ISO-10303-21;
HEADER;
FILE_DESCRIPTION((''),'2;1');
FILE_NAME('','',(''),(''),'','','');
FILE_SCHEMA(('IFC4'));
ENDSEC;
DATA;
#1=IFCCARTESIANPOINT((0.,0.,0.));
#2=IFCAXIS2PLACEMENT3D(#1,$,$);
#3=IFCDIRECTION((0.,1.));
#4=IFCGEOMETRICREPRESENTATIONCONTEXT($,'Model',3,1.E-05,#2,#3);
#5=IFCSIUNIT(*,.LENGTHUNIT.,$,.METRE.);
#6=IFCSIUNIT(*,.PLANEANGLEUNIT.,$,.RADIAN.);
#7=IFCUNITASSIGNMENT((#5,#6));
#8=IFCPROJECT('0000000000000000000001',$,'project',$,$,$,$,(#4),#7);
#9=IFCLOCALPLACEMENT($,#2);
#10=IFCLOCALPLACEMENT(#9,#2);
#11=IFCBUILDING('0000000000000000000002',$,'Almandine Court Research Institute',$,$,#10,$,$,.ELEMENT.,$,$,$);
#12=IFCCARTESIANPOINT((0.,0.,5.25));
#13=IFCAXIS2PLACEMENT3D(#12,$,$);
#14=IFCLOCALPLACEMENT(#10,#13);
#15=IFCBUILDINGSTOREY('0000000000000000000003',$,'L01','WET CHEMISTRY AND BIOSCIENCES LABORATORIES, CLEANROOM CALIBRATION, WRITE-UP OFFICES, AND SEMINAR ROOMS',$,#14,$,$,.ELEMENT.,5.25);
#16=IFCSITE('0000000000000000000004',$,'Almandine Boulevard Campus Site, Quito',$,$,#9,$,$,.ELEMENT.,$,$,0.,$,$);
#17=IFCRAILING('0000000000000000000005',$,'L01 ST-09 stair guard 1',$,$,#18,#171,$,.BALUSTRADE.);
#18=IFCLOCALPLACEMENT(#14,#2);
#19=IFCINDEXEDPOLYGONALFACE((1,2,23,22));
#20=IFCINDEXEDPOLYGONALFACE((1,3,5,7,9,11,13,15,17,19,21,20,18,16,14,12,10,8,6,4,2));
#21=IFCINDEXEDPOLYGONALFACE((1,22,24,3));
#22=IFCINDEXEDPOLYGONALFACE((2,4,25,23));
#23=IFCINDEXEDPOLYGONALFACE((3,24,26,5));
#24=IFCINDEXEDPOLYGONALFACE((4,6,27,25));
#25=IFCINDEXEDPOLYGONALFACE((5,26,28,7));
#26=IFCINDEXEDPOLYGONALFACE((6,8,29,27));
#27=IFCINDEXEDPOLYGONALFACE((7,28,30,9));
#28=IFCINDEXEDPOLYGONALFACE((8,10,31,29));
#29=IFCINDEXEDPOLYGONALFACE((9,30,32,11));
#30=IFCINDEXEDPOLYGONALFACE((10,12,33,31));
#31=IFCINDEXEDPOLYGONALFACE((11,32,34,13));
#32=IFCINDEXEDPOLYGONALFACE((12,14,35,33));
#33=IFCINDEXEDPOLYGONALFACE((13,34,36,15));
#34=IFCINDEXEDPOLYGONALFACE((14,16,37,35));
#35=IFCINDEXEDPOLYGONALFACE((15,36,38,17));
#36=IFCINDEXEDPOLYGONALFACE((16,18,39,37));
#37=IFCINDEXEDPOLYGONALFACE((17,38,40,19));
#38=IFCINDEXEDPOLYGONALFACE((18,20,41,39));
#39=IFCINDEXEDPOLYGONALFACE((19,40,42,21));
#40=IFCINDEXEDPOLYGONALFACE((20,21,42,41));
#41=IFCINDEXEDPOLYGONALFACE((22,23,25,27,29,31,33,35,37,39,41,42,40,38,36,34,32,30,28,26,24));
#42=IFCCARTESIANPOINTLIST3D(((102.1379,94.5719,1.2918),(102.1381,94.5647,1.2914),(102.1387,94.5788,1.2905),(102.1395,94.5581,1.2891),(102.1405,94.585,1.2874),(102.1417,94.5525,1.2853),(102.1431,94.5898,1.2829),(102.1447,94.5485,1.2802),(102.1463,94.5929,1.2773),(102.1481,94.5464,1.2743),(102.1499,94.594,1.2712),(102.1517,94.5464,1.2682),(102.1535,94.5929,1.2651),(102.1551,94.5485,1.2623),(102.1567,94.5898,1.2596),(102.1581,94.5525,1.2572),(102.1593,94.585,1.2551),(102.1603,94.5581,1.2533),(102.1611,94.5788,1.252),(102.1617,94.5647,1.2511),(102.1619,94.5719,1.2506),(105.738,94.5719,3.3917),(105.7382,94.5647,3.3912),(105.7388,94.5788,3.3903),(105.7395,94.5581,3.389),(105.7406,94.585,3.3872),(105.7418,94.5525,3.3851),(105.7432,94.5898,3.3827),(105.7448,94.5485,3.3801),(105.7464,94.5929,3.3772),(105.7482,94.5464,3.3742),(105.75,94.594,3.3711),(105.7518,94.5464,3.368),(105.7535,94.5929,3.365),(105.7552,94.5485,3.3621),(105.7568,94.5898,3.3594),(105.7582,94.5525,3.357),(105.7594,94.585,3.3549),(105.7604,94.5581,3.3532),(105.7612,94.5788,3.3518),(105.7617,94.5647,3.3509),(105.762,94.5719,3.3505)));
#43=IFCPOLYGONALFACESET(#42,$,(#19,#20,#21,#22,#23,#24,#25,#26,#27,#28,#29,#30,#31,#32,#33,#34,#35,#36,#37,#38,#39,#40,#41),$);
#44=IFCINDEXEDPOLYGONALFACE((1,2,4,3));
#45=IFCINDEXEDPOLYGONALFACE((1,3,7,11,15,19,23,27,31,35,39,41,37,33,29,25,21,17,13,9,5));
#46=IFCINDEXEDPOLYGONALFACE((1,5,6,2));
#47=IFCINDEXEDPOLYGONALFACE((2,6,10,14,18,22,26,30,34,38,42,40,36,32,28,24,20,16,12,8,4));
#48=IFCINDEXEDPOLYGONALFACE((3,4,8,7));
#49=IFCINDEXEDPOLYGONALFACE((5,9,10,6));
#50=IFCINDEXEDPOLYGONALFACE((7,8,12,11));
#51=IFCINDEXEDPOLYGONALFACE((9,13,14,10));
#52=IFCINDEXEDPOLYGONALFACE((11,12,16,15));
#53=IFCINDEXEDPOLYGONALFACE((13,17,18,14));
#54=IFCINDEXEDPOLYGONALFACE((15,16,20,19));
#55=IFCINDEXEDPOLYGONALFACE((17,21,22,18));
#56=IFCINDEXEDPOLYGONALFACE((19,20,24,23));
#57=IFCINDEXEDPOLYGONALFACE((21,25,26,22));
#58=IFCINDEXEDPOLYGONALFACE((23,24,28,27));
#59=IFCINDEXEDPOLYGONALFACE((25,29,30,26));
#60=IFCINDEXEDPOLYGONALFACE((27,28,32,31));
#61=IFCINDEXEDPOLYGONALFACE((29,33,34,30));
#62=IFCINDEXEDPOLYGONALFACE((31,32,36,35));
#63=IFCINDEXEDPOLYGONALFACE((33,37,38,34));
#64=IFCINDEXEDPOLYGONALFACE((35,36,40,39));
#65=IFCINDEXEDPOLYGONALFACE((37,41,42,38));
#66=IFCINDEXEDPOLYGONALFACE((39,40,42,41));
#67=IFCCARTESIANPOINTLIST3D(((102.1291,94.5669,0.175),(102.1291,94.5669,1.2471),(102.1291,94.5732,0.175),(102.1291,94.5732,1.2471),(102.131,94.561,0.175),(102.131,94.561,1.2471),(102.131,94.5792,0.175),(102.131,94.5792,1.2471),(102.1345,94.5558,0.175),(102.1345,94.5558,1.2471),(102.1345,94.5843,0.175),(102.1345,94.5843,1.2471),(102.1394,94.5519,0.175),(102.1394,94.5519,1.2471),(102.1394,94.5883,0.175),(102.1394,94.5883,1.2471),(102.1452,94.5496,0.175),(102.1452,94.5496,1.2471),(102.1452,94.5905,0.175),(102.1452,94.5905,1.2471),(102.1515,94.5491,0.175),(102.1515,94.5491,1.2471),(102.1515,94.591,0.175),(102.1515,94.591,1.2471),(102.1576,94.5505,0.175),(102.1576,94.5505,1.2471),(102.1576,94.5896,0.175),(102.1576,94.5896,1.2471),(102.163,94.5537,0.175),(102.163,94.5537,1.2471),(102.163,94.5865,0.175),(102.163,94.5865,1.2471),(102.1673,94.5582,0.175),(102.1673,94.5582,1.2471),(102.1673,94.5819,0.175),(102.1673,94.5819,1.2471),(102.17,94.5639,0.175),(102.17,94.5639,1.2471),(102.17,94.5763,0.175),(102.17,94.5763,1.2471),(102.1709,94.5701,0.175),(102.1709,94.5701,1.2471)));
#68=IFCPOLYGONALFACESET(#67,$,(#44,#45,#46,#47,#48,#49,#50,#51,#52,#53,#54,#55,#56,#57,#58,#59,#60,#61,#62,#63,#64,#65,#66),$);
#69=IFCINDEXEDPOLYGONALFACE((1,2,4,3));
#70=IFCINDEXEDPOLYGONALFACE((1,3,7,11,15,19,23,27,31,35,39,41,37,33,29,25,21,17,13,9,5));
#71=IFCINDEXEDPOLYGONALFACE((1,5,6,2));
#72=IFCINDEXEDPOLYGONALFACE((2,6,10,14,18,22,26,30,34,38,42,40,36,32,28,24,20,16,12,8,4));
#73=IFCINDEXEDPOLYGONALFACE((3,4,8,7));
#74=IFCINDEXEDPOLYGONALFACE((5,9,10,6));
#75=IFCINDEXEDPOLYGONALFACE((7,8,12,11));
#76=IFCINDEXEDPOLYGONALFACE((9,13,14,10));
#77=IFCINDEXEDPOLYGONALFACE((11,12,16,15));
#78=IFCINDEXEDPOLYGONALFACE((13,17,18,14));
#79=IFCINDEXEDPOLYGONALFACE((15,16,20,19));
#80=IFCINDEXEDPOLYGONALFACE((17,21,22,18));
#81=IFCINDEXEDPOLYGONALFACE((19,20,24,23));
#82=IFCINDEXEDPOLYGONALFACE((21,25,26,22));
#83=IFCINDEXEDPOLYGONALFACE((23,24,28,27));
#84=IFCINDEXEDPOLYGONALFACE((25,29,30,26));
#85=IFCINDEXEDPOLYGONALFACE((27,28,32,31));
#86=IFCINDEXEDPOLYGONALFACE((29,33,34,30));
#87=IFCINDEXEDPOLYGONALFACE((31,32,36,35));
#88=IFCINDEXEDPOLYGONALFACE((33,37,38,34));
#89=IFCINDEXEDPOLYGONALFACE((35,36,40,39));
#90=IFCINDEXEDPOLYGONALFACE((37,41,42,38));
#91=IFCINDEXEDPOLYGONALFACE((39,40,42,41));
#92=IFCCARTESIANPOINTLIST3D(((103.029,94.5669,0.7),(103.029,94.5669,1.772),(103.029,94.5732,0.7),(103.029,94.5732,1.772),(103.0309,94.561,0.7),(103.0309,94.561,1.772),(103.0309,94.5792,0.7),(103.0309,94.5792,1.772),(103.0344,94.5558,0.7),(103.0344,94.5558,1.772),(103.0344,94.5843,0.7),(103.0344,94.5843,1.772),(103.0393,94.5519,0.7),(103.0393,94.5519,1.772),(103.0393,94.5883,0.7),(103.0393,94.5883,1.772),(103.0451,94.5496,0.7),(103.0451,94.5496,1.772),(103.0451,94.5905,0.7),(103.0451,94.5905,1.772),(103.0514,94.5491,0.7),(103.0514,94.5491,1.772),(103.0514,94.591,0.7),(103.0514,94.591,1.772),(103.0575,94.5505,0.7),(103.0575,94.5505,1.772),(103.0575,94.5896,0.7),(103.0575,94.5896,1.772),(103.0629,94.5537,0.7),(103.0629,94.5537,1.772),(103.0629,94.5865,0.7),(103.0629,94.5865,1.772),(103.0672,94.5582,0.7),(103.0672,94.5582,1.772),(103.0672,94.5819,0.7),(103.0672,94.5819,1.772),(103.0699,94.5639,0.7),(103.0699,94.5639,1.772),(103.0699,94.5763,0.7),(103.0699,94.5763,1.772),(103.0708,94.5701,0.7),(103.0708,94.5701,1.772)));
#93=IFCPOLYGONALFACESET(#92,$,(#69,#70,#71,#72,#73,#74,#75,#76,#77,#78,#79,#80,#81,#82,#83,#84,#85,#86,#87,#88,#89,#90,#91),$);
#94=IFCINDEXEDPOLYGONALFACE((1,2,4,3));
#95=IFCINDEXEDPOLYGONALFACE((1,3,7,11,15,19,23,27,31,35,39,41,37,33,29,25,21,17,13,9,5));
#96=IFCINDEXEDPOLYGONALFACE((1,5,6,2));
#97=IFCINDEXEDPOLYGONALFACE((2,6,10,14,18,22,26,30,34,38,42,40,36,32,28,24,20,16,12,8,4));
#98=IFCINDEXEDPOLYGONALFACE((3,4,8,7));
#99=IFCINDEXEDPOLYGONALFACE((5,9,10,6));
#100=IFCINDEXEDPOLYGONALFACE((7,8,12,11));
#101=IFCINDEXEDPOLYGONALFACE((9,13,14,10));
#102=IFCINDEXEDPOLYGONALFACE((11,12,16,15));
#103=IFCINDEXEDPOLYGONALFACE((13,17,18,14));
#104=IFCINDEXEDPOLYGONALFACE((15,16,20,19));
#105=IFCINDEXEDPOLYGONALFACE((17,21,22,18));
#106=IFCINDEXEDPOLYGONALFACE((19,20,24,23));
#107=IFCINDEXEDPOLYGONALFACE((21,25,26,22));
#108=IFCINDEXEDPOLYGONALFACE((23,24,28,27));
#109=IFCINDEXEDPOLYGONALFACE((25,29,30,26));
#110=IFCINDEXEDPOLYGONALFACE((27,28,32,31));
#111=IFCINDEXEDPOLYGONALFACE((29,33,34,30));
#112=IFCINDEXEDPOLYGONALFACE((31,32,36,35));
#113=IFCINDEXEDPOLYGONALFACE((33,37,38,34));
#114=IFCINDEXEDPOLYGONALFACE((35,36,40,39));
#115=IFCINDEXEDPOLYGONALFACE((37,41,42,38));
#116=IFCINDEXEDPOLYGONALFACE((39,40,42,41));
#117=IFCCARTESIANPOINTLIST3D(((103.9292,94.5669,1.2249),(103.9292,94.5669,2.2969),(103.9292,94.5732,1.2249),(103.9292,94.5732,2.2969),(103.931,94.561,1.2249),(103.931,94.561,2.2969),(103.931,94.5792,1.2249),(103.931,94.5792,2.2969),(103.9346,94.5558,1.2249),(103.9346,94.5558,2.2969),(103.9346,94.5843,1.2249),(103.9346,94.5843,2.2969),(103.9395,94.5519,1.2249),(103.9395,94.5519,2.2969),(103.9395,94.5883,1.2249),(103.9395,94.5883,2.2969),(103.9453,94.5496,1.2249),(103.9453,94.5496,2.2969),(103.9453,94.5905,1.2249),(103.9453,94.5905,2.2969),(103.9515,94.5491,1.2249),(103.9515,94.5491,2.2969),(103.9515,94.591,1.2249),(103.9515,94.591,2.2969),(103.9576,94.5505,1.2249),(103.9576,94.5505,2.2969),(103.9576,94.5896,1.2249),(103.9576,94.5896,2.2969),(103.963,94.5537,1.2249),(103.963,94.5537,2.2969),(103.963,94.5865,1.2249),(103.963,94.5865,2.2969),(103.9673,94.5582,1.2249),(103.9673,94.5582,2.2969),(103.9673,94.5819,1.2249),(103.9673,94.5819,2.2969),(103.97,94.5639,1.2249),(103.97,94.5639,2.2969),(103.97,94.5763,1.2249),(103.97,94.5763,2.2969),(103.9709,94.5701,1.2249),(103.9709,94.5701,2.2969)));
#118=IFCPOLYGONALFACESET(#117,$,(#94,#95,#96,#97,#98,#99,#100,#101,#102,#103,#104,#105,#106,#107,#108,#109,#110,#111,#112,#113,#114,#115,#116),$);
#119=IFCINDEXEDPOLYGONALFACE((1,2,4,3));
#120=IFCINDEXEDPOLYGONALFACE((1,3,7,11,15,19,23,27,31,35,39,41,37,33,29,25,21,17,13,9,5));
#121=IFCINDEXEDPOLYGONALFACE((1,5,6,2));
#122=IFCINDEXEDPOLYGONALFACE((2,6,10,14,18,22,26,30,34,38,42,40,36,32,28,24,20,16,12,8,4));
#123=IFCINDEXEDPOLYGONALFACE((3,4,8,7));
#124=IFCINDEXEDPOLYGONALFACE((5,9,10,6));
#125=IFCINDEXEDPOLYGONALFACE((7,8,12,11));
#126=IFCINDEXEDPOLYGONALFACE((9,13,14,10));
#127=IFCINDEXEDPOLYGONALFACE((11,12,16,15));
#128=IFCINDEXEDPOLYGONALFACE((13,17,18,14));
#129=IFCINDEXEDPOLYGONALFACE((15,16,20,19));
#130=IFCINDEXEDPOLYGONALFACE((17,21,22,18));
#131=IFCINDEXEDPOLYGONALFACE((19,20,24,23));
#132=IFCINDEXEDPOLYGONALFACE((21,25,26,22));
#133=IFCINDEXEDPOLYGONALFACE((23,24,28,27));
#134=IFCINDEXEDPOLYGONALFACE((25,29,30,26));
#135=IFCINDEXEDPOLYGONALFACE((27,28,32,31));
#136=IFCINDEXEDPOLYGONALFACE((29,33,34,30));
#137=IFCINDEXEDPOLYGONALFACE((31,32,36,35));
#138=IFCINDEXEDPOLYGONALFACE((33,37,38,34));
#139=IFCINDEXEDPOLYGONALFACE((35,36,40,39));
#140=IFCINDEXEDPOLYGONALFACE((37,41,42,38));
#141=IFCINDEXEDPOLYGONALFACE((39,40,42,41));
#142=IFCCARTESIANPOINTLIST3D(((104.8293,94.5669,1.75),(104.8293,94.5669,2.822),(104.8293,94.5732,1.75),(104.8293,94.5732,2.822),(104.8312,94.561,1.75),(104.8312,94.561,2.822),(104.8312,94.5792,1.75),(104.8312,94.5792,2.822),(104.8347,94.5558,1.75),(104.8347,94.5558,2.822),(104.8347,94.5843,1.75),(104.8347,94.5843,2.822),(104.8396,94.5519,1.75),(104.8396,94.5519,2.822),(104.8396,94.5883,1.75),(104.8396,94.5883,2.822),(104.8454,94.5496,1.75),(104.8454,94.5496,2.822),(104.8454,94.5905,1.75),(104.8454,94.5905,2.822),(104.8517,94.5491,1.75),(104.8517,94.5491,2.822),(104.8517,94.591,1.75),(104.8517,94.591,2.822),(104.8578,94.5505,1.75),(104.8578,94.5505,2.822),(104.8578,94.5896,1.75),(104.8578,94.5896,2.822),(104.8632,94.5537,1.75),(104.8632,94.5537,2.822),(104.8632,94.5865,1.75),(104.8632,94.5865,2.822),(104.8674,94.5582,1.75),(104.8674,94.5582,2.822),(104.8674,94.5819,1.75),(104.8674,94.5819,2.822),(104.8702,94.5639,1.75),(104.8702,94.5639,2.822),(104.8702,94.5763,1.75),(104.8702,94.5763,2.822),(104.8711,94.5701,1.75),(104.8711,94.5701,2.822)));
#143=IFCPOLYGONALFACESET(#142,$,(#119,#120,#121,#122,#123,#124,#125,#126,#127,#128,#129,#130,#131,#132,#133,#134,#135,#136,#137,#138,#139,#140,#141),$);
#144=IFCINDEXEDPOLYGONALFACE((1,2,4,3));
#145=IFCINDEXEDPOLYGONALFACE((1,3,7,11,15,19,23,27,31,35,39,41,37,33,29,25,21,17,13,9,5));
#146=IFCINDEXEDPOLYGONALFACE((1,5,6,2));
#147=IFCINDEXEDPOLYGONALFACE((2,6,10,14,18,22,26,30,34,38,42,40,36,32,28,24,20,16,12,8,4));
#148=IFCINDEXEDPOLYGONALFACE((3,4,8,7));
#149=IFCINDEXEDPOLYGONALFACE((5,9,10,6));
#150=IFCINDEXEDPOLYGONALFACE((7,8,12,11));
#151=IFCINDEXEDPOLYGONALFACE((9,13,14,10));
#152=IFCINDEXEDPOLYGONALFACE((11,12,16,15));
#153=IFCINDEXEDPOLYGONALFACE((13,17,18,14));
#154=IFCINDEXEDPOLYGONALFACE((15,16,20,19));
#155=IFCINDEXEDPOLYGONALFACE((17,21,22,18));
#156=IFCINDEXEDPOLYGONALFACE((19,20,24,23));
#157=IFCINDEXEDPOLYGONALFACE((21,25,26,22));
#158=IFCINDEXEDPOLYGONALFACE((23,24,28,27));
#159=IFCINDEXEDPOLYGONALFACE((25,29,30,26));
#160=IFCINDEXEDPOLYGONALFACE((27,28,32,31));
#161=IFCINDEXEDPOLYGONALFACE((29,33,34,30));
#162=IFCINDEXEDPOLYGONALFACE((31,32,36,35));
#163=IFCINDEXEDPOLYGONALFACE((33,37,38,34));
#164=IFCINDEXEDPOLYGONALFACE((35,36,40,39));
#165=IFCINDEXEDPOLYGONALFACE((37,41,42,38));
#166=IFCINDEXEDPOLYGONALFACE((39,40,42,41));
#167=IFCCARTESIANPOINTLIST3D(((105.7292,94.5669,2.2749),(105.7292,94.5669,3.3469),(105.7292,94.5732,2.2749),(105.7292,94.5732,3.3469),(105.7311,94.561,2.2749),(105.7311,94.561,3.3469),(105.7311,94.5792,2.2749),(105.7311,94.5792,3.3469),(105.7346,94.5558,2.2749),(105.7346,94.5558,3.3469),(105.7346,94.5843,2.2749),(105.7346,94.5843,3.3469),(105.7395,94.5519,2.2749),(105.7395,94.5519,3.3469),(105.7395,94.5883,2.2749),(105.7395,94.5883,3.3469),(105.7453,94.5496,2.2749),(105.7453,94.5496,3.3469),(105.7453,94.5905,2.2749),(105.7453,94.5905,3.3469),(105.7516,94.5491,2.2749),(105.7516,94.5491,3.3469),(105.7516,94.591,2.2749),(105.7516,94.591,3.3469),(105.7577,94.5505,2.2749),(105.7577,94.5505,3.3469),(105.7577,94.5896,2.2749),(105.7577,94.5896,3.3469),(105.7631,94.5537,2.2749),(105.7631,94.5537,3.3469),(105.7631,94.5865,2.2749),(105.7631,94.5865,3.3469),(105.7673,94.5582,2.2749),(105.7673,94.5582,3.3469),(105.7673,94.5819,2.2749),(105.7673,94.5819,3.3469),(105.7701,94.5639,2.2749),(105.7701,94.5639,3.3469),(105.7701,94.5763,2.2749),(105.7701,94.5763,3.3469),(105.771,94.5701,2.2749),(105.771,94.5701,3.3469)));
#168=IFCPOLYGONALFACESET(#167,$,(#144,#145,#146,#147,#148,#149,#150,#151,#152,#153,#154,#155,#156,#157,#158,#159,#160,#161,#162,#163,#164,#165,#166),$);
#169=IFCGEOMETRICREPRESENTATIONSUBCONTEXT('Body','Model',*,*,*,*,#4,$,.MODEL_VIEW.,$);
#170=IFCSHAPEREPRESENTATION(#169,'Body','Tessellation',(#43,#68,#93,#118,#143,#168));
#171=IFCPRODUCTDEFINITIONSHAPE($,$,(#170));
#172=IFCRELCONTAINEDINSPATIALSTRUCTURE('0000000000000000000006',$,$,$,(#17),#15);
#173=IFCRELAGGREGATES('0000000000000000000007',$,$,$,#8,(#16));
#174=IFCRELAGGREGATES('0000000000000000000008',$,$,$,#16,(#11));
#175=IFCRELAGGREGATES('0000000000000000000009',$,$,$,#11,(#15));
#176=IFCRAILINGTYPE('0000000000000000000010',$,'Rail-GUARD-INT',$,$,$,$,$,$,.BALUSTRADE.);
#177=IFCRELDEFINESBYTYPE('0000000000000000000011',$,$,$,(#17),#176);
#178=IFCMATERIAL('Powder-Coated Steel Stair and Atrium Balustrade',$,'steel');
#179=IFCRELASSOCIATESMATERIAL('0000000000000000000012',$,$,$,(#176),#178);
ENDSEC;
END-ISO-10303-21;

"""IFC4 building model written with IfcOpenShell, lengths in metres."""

from ifc_helpers import new_model, si_unit, direction, frame, origin, origin_2d, place, context, subcontext, project, spatial, circle, extrude, material, type_object, element, save


model = new_model("IFC4")

# Units and contexts
model_context = context("Model", 3, precision=1e-05, world=origin(), true_north=direction((0.0, 1.0)))
body_context = subcontext(model_context, "Body", "Model", "MODEL_VIEW")
ifc_project = project(units=[si_unit("LENGTHUNIT", "METRE"), si_unit("PLANEANGLEUNIT", "RADIAN")], contexts=[model_context])

# Site, building, storey
site_placement = place(None, origin())
site = spatial("IfcSite", under=ifc_project, at=site_placement, Name="Almandine Boulevard Campus Site, Quito", CompositionType="ELEMENT", RefElevation=0.0)
building_placement = place(site_placement, origin())
building = spatial("IfcBuilding", under=site, at=building_placement, Name="Almandine Court Research Institute", CompositionType="ELEMENT")
storey_placement = place(building_placement, frame((0.0, 0.0, 5.25)))
storey = spatial("IfcBuildingStorey", under=building, at=storey_placement, Name="L01", Description="WET CHEMISTRY AND BIOSCIENCES LABORATORIES, CLEANROOM CALIBRATION, WRITE-UP OFFICES, AND SEMINAR ROOMS", CompositionType="ELEMENT", Elevation=5.25)

# Railing
ifc_material_1 = material(Name="Powder-Coated Steel Stair and Atrium Balustrade", Category="steel")
railing_type_1 = type_object("IfcRailingType", Name="Rail-GUARD-INT", PredefinedType="BALUSTRADE", material=ifc_material_1)
railing_1_placement = place(storey_placement, frame((102.1499, 94.5701, 0.175)))
element("IfcRailing", 1, at=railing_1_placement, inside=storey, type_object=railing_type_1, Name="L01 ST-09 stair guard 1", PredefinedType="BALUSTRADE", context=body_context, shape_type="SweptSolid", body=[
    extrude(circle(Radius=0.0239, at=origin_2d()), frame((0.0, 0.0, 1.0962), z_axis=(0.8638, 0.0, 0.503835), x_axis=(0.0, 1.0, 0.0)), (0.0, 0.0, 1.0), 4.1677),
    extrude(circle(Radius=0.021, at=origin_2d()), origin(), (0.0, 0.0, 1.0), 1.072),
    extrude(circle(Radius=0.021, at=origin_2d()), frame((0.8999, 0.0, 0.5249)), (0.0, 0.0, 1.0), 1.072),
    extrude(circle(Radius=0.021, at=origin_2d()), frame((1.8, 0.0, 1.0498)), (0.0, 0.0, 1.0), 1.072),
    extrude(circle(Radius=0.021, at=origin_2d()), frame((2.7002, 0.0, 1.575)), (0.0, 0.0, 1.0), 1.072),
    extrude(circle(Radius=0.021, at=origin_2d()), frame((3.6001, 0.0, 2.0999)), (0.0, 0.0, 1.0), 1.072),
])

save(model, "model.ifc")
